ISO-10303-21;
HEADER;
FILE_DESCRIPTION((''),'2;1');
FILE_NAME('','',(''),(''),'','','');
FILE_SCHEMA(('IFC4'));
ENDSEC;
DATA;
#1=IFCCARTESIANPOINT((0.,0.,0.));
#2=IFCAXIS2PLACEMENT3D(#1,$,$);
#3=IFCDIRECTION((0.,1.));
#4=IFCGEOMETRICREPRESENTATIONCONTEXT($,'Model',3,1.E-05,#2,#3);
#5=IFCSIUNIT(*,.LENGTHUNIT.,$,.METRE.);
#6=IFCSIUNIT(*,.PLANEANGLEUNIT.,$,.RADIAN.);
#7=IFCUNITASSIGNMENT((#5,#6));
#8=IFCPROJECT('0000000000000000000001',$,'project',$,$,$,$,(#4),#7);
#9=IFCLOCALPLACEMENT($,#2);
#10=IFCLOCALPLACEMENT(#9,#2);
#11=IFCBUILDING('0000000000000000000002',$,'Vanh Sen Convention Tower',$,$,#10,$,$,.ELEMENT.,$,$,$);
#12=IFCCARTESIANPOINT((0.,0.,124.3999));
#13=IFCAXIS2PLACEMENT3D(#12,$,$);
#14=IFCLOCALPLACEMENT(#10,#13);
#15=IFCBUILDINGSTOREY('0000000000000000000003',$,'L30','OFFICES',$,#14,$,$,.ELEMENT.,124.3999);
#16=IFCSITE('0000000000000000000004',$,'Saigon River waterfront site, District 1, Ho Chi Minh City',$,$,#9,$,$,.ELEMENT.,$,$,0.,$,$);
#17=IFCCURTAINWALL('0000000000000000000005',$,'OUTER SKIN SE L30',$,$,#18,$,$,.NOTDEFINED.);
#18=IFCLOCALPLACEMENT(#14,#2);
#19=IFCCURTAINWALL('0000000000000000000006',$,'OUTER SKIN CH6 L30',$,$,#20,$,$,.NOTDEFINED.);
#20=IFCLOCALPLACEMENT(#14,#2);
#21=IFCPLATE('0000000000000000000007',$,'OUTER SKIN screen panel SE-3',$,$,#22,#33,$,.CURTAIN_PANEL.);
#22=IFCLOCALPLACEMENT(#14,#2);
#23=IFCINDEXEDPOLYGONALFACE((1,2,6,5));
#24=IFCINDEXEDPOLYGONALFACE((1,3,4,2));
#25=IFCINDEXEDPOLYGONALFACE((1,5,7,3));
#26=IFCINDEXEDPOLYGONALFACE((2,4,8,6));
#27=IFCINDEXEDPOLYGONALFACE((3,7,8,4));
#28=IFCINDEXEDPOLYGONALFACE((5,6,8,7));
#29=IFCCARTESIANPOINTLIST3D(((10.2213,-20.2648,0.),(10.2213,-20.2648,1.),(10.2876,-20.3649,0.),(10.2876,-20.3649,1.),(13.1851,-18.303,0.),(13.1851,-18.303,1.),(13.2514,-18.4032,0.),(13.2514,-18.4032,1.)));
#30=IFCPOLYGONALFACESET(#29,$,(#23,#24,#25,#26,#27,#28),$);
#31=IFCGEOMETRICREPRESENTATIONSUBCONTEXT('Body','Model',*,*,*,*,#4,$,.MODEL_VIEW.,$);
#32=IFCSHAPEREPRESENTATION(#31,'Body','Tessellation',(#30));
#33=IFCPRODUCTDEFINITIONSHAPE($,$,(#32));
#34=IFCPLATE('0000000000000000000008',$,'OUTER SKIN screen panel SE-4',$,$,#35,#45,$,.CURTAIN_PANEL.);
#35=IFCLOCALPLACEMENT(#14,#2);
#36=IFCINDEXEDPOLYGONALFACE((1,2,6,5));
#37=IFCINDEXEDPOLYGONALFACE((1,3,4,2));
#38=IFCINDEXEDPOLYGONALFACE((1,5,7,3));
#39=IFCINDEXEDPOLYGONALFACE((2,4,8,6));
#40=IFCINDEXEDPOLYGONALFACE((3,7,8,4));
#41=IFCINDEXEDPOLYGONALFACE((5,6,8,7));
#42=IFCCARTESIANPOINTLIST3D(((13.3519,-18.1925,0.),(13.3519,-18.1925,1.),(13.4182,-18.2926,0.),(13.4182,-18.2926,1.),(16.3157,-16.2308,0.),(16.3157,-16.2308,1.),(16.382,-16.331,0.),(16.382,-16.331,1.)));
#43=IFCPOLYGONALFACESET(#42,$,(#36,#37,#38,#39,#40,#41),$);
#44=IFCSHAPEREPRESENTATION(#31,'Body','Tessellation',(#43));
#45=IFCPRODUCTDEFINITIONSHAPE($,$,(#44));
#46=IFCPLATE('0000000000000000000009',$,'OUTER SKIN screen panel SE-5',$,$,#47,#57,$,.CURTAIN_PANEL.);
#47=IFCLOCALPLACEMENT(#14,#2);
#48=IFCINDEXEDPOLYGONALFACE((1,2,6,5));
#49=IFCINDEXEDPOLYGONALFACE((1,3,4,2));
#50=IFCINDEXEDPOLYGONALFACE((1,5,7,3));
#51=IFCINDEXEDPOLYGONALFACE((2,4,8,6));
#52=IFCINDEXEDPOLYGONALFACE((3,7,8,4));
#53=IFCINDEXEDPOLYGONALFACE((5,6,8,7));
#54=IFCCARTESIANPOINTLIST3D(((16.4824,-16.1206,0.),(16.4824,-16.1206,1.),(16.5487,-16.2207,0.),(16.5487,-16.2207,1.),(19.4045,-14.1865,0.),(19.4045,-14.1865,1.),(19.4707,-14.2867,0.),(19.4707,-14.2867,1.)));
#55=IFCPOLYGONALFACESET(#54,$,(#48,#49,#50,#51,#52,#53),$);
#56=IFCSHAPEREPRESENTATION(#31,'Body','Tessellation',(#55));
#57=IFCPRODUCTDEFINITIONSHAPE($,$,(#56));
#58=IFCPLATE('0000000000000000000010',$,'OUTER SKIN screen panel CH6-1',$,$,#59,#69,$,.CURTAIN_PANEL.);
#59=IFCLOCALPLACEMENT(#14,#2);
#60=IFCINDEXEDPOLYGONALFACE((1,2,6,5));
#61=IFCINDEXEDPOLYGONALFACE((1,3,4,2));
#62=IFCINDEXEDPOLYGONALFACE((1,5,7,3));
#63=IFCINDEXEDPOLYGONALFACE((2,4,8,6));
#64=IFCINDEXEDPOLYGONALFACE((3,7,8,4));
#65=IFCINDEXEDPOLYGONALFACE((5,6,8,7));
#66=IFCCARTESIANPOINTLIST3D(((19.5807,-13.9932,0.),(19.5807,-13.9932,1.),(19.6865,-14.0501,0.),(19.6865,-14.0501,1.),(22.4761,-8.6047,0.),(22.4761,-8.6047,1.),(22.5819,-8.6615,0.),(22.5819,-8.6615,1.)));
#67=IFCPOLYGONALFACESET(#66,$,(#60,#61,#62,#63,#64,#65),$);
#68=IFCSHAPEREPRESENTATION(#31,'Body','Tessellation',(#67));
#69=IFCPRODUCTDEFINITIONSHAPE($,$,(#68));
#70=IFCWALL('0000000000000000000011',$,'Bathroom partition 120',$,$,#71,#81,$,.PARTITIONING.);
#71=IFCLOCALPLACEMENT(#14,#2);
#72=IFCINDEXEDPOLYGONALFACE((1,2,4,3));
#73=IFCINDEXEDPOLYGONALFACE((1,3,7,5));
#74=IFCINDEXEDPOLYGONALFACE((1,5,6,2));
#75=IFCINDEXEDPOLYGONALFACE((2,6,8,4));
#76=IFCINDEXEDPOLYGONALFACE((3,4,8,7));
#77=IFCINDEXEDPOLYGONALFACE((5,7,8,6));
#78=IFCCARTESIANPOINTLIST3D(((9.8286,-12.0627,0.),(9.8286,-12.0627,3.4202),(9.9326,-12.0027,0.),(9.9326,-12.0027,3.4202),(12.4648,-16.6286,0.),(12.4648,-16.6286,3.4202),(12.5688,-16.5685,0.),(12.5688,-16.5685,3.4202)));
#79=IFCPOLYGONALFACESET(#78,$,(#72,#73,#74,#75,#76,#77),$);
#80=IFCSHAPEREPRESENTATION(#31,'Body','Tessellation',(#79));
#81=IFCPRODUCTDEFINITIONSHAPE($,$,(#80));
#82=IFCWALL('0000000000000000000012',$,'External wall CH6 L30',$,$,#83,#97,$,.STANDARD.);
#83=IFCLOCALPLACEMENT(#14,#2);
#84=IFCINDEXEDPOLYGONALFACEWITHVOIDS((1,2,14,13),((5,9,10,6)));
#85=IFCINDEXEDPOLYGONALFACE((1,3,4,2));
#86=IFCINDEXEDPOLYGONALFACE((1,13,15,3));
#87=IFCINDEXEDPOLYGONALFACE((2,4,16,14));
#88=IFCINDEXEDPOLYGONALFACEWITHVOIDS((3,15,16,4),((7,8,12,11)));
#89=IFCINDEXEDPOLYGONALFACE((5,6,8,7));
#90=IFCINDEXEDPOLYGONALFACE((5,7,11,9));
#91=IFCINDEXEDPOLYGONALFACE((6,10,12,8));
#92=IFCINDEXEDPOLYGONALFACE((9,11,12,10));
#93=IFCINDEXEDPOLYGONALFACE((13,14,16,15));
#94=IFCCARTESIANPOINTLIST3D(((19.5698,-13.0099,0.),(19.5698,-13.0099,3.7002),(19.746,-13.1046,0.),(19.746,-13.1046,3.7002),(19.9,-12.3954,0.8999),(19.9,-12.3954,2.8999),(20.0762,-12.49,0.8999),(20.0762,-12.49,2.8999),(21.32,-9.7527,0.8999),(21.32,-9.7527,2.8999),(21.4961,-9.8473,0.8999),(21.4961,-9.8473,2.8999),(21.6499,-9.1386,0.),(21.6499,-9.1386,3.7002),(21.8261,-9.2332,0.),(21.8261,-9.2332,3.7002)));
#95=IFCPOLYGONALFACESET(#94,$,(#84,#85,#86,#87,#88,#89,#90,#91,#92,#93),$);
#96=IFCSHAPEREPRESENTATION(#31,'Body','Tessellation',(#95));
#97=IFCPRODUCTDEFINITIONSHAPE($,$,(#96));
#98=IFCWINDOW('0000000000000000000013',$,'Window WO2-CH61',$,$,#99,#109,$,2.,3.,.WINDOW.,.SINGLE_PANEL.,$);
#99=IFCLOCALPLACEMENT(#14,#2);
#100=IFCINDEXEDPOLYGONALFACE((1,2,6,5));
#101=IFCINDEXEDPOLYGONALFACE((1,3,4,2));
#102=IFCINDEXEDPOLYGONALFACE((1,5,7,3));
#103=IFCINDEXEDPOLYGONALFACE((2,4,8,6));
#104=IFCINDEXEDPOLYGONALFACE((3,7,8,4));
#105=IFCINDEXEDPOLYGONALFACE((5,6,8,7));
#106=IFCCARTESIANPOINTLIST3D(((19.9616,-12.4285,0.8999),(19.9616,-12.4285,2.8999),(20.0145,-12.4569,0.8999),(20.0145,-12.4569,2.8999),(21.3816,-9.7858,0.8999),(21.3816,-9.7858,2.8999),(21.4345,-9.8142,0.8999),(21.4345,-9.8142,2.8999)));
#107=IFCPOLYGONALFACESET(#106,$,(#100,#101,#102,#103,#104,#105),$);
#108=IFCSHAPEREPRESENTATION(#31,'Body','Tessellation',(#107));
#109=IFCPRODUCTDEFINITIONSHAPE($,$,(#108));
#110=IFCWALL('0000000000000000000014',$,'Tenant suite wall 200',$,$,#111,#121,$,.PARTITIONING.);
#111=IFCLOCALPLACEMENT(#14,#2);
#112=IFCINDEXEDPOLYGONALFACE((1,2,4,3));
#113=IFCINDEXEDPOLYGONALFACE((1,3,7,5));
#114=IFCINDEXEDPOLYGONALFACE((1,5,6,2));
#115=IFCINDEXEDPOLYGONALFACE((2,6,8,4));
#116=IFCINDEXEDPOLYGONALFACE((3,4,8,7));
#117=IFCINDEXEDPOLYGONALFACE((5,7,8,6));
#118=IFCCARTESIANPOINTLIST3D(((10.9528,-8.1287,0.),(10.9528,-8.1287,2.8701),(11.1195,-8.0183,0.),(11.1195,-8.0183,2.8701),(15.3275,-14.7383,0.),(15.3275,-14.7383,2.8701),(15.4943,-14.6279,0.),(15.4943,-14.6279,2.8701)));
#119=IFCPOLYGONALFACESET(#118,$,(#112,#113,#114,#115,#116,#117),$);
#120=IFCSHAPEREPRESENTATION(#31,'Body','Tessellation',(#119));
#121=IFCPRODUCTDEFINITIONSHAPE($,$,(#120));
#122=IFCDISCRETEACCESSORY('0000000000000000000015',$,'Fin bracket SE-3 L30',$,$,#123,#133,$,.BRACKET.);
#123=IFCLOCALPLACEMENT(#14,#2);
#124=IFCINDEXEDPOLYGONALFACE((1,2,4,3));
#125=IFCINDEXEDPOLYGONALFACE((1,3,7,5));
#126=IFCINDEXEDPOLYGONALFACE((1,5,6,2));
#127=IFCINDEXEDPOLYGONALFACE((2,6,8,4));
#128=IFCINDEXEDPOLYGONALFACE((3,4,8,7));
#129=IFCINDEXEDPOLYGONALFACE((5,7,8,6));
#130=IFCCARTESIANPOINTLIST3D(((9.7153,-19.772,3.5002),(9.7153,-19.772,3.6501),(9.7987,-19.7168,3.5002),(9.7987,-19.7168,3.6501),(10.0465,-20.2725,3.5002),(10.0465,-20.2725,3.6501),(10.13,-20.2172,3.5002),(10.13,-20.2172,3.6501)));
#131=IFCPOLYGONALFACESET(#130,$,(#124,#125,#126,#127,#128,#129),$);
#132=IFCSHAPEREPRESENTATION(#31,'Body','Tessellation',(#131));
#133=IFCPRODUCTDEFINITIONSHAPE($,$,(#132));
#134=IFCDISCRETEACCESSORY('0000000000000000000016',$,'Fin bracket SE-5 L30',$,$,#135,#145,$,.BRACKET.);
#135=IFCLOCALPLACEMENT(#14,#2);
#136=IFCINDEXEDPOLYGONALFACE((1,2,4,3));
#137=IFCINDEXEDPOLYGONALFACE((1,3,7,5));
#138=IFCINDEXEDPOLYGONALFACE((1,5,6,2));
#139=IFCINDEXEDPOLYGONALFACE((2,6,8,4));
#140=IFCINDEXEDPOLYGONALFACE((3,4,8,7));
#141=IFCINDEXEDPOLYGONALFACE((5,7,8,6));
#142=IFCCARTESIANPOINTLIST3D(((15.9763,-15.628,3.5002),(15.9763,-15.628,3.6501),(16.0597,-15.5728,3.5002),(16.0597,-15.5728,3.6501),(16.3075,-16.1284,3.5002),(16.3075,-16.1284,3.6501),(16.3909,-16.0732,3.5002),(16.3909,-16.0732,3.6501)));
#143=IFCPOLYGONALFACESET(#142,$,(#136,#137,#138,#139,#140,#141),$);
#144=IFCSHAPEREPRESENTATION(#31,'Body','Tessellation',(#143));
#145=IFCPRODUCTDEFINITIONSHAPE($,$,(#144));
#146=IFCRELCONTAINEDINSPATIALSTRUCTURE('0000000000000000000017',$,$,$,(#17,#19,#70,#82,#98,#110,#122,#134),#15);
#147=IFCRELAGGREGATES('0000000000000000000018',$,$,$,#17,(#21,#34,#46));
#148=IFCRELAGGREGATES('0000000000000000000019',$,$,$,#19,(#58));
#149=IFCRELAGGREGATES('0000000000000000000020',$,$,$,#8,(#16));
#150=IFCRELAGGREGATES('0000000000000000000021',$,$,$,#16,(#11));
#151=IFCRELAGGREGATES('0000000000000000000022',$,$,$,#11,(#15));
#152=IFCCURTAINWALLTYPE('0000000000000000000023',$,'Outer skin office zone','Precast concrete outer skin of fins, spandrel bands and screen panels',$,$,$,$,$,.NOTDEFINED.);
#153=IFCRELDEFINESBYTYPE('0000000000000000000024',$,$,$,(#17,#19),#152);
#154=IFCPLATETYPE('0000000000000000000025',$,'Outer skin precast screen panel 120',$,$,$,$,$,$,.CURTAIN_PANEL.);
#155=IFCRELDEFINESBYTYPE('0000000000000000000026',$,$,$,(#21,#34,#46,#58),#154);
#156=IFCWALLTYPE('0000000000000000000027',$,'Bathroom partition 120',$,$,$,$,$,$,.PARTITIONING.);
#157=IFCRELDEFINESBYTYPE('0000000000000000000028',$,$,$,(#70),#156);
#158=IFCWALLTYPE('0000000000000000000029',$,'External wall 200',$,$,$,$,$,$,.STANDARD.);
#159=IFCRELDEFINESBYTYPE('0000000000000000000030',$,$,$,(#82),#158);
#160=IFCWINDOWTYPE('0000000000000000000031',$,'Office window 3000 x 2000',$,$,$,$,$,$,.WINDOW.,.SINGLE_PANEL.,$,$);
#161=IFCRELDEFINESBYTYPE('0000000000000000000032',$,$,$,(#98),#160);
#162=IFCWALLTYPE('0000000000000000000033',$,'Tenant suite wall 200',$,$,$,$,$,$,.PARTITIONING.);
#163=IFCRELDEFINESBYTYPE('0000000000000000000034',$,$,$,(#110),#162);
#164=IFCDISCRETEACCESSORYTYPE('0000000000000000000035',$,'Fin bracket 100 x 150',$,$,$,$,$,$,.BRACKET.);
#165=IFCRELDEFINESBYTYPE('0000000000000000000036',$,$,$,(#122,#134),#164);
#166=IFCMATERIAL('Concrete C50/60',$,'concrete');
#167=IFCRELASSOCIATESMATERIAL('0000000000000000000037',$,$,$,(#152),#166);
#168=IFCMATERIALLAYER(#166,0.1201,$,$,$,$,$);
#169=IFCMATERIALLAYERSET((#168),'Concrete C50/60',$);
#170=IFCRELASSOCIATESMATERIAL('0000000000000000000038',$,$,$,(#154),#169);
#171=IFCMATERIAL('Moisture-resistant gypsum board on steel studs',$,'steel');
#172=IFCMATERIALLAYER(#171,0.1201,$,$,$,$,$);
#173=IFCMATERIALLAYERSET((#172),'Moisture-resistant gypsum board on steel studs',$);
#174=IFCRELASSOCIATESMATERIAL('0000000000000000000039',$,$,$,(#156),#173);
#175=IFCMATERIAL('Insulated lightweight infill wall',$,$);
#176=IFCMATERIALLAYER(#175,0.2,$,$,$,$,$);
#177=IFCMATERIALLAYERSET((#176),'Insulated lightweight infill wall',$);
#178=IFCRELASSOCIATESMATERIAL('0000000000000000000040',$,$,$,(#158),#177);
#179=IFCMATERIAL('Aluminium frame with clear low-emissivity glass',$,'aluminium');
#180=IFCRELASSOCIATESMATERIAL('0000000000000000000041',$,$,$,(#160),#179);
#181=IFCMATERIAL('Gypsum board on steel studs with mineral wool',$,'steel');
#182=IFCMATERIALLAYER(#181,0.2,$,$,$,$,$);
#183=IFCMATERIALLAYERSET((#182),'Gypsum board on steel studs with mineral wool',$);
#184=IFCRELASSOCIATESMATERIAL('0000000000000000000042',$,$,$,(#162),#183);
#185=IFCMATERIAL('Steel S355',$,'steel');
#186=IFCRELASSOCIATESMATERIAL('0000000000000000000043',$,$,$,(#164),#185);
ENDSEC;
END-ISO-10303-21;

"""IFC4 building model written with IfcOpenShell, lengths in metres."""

from ifc_helpers import new_model, si_unit, direction, frame, frame_2d, origin, origin_2d, place, context, subcontext, project, spatial, rectangle, extrude, material, layer, layer_set, type_object, element, fill, aggregate, save


model = new_model("IFC4")

# Units and contexts
model_context = context("Model", 3, precision=1e-05, world=origin(), true_north=direction((0.0, 1.0)))
body_context = subcontext(model_context, "Body", "Model", "MODEL_VIEW")
ifc_project = project(units=[si_unit("LENGTHUNIT", "METRE"), si_unit("PLANEANGLEUNIT", "RADIAN")], contexts=[model_context])

# Site, building, storey
site_placement = place(None, origin())
site = spatial("IfcSite", under=ifc_project, at=site_placement, Name="Saigon River waterfront site, District 1, Ho Chi Minh City", CompositionType="ELEMENT", RefElevation=0.0)
building_placement = place(site_placement, origin())
building = spatial("IfcBuilding", under=site, at=building_placement, Name="Vanh Sen Convention Tower", CompositionType="ELEMENT")
storey_placement = place(building_placement, frame((0.0, 0.0, 124.3999)))
storey = spatial("IfcBuildingStorey", under=building, at=storey_placement, Name="L30", Description="OFFICES", CompositionType="ELEMENT", Elevation=124.3999)

# Curtain wall
ifc_material_1 = material(Name="Concrete C50/60", Category="concrete")
curtain_wall_type = type_object("IfcCurtainWallType", Name="Outer skin office zone", Description="Precast concrete outer skin of fins, spandrel bands and screen panels", PredefinedType="NOTDEFINED", material=ifc_material_1)
curtain_wall_1_placement = place(storey_placement, origin())
curtain_wall_1 = element("IfcCurtainWall", 1, at=curtain_wall_1_placement, inside=storey, type_object=curtain_wall_type, Name="OUTER SKIN SE L30", PredefinedType="NOTDEFINED")

# Curtain wall
curtain_wall_2_placement = place(storey_placement, origin())
curtain_wall_2 = element("IfcCurtainWall", 2, at=curtain_wall_2_placement, inside=storey, type_object=curtain_wall_type, Name="OUTER SKIN CH6 L30", PredefinedType="NOTDEFINED")

# Plates
ifc_layer_1 = layer(ifc_material_1, 0.1201)
ifc_layer_set_1 = layer_set([ifc_layer_1], Name="Concrete C50/60")
plate_type = type_object("IfcPlateType", Name="Outer skin precast screen panel 120", PredefinedType="CURTAIN_PANEL", material=ifc_layer_set_1)
plate_1_placement = place(storey_placement, frame((11.7363, -19.334, 0.0), z_axis=(0.0, 0.0, 1.0), x_axis=(0.833877, 0.55195, 0.0)))
plate_1 = element("IfcPlate", 3, at=plate_1_placement, type_object=plate_type, Name="OUTER SKIN screen panel SE-3", PredefinedType="CURTAIN_PANEL", context=body_context, shape_type="SweptSolid", body=[
    extrude(rectangle(XDim=3.5542, YDim=0.1201, at=origin_2d()), origin(), (0.0, 0.0, 1.0), 1.0),
])
plate_2_placement = place(storey_placement, frame((14.8669, -17.2617, 0.0), z_axis=(0.0, 0.0, 1.0), x_axis=(0.83389, 0.551931, 0.0)))
plate_2 = element("IfcPlate", 4, at=plate_2_placement, type_object=plate_type, Name="OUTER SKIN screen panel SE-4", PredefinedType="CURTAIN_PANEL", context=body_context, shape_type="SweptSolid", body=[
    extrude(rectangle(XDim=3.5542, YDim=0.1201, at=origin_2d()), origin(), (0.0, 0.0, 1.0), 1.0),
])
plate_3_placement = place(storey_placement, frame((17.9766, -15.2036, 0.0), z_axis=(0.0, 0.0, 1.0), x_axis=(0.83389, 0.551931, 0.0)))
plate_3 = element("IfcPlate", 5, at=plate_3_placement, type_object=plate_type, Name="OUTER SKIN screen panel SE-5", PredefinedType="CURTAIN_PANEL", context=body_context, shape_type="SweptSolid", body=[
    extrude(rectangle(XDim=3.5042, YDim=0.1201, at=origin_2d()), origin(), (0.0, 0.0, 1.0), 1.0),
])
aggregate(curtain_wall_1, [plate_1, plate_2, plate_3])
plate_4_placement = place(storey_placement, frame((21.0813, -11.3274, 0.0), z_axis=(0.0, 0.0, 1.0), x_axis=(0.473321, 0.88089, 0.0)))
plate_4 = element("IfcPlate", 6, at=plate_4_placement, type_object=plate_type, Name="OUTER SKIN screen panel CH6-1", PredefinedType="CURTAIN_PANEL", context=body_context, shape_type="SweptSolid", body=[
    extrude(rectangle(XDim=6.1172, YDim=0.1201, at=origin_2d()), origin(), (0.0, 0.0, 1.0), 1.0),
])
aggregate(curtain_wall_2, [plate_4])

# Wall
ifc_material_2 = material(Name="Moisture-resistant gypsum board on steel studs", Category="steel")
ifc_layer_2 = layer(ifc_material_2, 0.1201)
ifc_layer_set_2 = layer_set([ifc_layer_2], Name="Moisture-resistant gypsum board on steel studs")
wall_type_1 = type_object("IfcWallType", Name="Bathroom partition 120", PredefinedType="PARTITIONING", material=ifc_layer_set_2)
wall_1_placement = place(storey_placement, frame((12.5168, -16.5986, 0.0), z_axis=(0.0, 0.0, 1.0), x_axis=(-0.500014, 0.866017, 0.0)))
element("IfcWall", 7, at=wall_1_placement, inside=storey, type_object=wall_type_1, Name="Bathroom partition 120", PredefinedType="PARTITIONING", context=body_context, shape_type="SweptSolid", body=[
    extrude(rectangle(XDim=5.2722, YDim=0.1201, at=frame_2d((2.6362, 0.0))), origin(), (0.0, 0.0, 1.0), 3.4202),
])

# Wall, opening, window
ifc_material_3 = material(Name="Insulated lightweight infill wall")
ifc_layer_3 = layer(ifc_material_3, 0.2)
ifc_layer_set_3 = layer_set([ifc_layer_3], Name="Insulated lightweight infill wall")
wall_type_2 = type_object("IfcWallType", Name="External wall 200", PredefinedType="STANDARD", material=ifc_layer_set_3)
wall_2_placement = place(storey_placement, frame((19.658, -13.0571, 0.0), z_axis=(0.0, 0.0, 1.0), x_axis=(0.473308, 0.880897, 0.0)))
wall_2 = element("IfcWall", 8, at=wall_2_placement, inside=storey, type_object=wall_type_2, Name="External wall CH6 L30", PredefinedType="STANDARD", context=body_context, shape_type="SweptSolid", body=[
    extrude(rectangle(XDim=4.3948, YDim=0.2, at=frame_2d((2.1973, 0.0))), origin(), (0.0, 0.0, 1.0), 3.7002),
])
opening_placement = place(wall_2_placement, frame((0.6975, 0.0, 0.8999)))
opening = element("IfcOpeningElement", 9, at=opening_placement, cuts=wall_2, PredefinedType="OPENING", context=body_context, shape_type="SweptSolid", body=[
    extrude(rectangle(XDim=3.0, YDim=2.0, at=frame_2d((1.5, 1.0))), frame((0.0, 0.1099, 0.0), z_axis=(0.0, -1.0, 0.0), x_axis=(1.0, 0.0, 0.0)), (0.0, 0.0, 1.0), 0.22),
])
ifc_material_4 = material(Name="Aluminium frame with clear low-emissivity glass", Category="aluminium")
window_type = type_object("IfcWindowType", Name="Office window 3000 x 2000", PartitioningType="SINGLE_PANEL", PredefinedType="WINDOW", material=ifc_material_4)
window_placement = place(opening_placement, origin())
window = element("IfcWindow", 10, at=window_placement, inside=storey, type_object=window_type, Name="Window WO2-CH61", OverallHeight=2.0, OverallWidth=3.0, PartitioningType="SINGLE_PANEL", PredefinedType="WINDOW", context=body_context, shape_type="SweptSolid", body=[
    extrude(rectangle(XDim=3.0, YDim=2.0, at=frame_2d((1.5, 1.0))), frame((0.0, 0.03, 0.0), z_axis=(0.0, -1.0, 0.0), x_axis=(1.0, 0.0, 0.0)), (0.0, 0.0, 1.0), 0.0601),
])
fill(opening, window)

# Wall
ifc_material_5 = material(Name="Gypsum board on steel studs with mineral wool", Category="steel")
ifc_layer_4 = layer(ifc_material_5, 0.2)
ifc_layer_set_4 = layer_set([ifc_layer_4], Name="Gypsum board on steel studs with mineral wool")
wall_type_3 = type_object("IfcWallType", Name="Tenant suite wall 200", PredefinedType="PARTITIONING", material=ifc_layer_set_4)
wall_3_placement = place(storey_placement, frame((15.4109, -14.6831, 0.0), z_axis=(0.0, 0.0, 1.0), x_axis=(-0.551932, 0.833889, 0.0)))
element("IfcWall", 11, at=wall_3_placement, inside=storey, type_object=wall_type_3, Name="Tenant suite wall 200", PredefinedType="PARTITIONING", context=body_context, shape_type="SweptSolid", body=[
    extrude(rectangle(XDim=7.9263, YDim=0.2, at=frame_2d((3.9631, 0.0))), origin(), (0.0, 0.0, 1.0), 2.8701),
])

# Discrete accessories
ifc_material_6 = material(Name="Steel S355", Category="steel")
discrete_accessory_type = type_object("IfcDiscreteAccessoryType", Name="Fin bracket 100 x 150", PredefinedType="BRACKET", material=ifc_material_6)
for number, where, z_axis, x_axis, name in (
    (12, (9.9226, -19.9946, 3.5002), (0.0, 0.0, 1.0), (0.551937, -0.833886, 0.0), "Fin bracket SE-3 L30"),
    (13, (16.1836, -15.8506, 3.5002), (0.0, 0.0, 1.0), (0.551937, -0.833886, 0.0), "Fin bracket SE-5 L30"),
):
    element("IfcDiscreteAccessory", number, at=place(storey_placement, frame(where, z_axis=z_axis, x_axis=x_axis)), inside=storey, type_object=discrete_accessory_type, Name=name, PredefinedType="BRACKET", context=body_context, shape_type="SweptSolid", body=[
        extrude(rectangle(XDim=0.6001, YDim=0.1001, at=origin_2d()), origin(), (0.0, 0.0, 1.0), 0.1499),
    ])

save(model, "model.ifc")
